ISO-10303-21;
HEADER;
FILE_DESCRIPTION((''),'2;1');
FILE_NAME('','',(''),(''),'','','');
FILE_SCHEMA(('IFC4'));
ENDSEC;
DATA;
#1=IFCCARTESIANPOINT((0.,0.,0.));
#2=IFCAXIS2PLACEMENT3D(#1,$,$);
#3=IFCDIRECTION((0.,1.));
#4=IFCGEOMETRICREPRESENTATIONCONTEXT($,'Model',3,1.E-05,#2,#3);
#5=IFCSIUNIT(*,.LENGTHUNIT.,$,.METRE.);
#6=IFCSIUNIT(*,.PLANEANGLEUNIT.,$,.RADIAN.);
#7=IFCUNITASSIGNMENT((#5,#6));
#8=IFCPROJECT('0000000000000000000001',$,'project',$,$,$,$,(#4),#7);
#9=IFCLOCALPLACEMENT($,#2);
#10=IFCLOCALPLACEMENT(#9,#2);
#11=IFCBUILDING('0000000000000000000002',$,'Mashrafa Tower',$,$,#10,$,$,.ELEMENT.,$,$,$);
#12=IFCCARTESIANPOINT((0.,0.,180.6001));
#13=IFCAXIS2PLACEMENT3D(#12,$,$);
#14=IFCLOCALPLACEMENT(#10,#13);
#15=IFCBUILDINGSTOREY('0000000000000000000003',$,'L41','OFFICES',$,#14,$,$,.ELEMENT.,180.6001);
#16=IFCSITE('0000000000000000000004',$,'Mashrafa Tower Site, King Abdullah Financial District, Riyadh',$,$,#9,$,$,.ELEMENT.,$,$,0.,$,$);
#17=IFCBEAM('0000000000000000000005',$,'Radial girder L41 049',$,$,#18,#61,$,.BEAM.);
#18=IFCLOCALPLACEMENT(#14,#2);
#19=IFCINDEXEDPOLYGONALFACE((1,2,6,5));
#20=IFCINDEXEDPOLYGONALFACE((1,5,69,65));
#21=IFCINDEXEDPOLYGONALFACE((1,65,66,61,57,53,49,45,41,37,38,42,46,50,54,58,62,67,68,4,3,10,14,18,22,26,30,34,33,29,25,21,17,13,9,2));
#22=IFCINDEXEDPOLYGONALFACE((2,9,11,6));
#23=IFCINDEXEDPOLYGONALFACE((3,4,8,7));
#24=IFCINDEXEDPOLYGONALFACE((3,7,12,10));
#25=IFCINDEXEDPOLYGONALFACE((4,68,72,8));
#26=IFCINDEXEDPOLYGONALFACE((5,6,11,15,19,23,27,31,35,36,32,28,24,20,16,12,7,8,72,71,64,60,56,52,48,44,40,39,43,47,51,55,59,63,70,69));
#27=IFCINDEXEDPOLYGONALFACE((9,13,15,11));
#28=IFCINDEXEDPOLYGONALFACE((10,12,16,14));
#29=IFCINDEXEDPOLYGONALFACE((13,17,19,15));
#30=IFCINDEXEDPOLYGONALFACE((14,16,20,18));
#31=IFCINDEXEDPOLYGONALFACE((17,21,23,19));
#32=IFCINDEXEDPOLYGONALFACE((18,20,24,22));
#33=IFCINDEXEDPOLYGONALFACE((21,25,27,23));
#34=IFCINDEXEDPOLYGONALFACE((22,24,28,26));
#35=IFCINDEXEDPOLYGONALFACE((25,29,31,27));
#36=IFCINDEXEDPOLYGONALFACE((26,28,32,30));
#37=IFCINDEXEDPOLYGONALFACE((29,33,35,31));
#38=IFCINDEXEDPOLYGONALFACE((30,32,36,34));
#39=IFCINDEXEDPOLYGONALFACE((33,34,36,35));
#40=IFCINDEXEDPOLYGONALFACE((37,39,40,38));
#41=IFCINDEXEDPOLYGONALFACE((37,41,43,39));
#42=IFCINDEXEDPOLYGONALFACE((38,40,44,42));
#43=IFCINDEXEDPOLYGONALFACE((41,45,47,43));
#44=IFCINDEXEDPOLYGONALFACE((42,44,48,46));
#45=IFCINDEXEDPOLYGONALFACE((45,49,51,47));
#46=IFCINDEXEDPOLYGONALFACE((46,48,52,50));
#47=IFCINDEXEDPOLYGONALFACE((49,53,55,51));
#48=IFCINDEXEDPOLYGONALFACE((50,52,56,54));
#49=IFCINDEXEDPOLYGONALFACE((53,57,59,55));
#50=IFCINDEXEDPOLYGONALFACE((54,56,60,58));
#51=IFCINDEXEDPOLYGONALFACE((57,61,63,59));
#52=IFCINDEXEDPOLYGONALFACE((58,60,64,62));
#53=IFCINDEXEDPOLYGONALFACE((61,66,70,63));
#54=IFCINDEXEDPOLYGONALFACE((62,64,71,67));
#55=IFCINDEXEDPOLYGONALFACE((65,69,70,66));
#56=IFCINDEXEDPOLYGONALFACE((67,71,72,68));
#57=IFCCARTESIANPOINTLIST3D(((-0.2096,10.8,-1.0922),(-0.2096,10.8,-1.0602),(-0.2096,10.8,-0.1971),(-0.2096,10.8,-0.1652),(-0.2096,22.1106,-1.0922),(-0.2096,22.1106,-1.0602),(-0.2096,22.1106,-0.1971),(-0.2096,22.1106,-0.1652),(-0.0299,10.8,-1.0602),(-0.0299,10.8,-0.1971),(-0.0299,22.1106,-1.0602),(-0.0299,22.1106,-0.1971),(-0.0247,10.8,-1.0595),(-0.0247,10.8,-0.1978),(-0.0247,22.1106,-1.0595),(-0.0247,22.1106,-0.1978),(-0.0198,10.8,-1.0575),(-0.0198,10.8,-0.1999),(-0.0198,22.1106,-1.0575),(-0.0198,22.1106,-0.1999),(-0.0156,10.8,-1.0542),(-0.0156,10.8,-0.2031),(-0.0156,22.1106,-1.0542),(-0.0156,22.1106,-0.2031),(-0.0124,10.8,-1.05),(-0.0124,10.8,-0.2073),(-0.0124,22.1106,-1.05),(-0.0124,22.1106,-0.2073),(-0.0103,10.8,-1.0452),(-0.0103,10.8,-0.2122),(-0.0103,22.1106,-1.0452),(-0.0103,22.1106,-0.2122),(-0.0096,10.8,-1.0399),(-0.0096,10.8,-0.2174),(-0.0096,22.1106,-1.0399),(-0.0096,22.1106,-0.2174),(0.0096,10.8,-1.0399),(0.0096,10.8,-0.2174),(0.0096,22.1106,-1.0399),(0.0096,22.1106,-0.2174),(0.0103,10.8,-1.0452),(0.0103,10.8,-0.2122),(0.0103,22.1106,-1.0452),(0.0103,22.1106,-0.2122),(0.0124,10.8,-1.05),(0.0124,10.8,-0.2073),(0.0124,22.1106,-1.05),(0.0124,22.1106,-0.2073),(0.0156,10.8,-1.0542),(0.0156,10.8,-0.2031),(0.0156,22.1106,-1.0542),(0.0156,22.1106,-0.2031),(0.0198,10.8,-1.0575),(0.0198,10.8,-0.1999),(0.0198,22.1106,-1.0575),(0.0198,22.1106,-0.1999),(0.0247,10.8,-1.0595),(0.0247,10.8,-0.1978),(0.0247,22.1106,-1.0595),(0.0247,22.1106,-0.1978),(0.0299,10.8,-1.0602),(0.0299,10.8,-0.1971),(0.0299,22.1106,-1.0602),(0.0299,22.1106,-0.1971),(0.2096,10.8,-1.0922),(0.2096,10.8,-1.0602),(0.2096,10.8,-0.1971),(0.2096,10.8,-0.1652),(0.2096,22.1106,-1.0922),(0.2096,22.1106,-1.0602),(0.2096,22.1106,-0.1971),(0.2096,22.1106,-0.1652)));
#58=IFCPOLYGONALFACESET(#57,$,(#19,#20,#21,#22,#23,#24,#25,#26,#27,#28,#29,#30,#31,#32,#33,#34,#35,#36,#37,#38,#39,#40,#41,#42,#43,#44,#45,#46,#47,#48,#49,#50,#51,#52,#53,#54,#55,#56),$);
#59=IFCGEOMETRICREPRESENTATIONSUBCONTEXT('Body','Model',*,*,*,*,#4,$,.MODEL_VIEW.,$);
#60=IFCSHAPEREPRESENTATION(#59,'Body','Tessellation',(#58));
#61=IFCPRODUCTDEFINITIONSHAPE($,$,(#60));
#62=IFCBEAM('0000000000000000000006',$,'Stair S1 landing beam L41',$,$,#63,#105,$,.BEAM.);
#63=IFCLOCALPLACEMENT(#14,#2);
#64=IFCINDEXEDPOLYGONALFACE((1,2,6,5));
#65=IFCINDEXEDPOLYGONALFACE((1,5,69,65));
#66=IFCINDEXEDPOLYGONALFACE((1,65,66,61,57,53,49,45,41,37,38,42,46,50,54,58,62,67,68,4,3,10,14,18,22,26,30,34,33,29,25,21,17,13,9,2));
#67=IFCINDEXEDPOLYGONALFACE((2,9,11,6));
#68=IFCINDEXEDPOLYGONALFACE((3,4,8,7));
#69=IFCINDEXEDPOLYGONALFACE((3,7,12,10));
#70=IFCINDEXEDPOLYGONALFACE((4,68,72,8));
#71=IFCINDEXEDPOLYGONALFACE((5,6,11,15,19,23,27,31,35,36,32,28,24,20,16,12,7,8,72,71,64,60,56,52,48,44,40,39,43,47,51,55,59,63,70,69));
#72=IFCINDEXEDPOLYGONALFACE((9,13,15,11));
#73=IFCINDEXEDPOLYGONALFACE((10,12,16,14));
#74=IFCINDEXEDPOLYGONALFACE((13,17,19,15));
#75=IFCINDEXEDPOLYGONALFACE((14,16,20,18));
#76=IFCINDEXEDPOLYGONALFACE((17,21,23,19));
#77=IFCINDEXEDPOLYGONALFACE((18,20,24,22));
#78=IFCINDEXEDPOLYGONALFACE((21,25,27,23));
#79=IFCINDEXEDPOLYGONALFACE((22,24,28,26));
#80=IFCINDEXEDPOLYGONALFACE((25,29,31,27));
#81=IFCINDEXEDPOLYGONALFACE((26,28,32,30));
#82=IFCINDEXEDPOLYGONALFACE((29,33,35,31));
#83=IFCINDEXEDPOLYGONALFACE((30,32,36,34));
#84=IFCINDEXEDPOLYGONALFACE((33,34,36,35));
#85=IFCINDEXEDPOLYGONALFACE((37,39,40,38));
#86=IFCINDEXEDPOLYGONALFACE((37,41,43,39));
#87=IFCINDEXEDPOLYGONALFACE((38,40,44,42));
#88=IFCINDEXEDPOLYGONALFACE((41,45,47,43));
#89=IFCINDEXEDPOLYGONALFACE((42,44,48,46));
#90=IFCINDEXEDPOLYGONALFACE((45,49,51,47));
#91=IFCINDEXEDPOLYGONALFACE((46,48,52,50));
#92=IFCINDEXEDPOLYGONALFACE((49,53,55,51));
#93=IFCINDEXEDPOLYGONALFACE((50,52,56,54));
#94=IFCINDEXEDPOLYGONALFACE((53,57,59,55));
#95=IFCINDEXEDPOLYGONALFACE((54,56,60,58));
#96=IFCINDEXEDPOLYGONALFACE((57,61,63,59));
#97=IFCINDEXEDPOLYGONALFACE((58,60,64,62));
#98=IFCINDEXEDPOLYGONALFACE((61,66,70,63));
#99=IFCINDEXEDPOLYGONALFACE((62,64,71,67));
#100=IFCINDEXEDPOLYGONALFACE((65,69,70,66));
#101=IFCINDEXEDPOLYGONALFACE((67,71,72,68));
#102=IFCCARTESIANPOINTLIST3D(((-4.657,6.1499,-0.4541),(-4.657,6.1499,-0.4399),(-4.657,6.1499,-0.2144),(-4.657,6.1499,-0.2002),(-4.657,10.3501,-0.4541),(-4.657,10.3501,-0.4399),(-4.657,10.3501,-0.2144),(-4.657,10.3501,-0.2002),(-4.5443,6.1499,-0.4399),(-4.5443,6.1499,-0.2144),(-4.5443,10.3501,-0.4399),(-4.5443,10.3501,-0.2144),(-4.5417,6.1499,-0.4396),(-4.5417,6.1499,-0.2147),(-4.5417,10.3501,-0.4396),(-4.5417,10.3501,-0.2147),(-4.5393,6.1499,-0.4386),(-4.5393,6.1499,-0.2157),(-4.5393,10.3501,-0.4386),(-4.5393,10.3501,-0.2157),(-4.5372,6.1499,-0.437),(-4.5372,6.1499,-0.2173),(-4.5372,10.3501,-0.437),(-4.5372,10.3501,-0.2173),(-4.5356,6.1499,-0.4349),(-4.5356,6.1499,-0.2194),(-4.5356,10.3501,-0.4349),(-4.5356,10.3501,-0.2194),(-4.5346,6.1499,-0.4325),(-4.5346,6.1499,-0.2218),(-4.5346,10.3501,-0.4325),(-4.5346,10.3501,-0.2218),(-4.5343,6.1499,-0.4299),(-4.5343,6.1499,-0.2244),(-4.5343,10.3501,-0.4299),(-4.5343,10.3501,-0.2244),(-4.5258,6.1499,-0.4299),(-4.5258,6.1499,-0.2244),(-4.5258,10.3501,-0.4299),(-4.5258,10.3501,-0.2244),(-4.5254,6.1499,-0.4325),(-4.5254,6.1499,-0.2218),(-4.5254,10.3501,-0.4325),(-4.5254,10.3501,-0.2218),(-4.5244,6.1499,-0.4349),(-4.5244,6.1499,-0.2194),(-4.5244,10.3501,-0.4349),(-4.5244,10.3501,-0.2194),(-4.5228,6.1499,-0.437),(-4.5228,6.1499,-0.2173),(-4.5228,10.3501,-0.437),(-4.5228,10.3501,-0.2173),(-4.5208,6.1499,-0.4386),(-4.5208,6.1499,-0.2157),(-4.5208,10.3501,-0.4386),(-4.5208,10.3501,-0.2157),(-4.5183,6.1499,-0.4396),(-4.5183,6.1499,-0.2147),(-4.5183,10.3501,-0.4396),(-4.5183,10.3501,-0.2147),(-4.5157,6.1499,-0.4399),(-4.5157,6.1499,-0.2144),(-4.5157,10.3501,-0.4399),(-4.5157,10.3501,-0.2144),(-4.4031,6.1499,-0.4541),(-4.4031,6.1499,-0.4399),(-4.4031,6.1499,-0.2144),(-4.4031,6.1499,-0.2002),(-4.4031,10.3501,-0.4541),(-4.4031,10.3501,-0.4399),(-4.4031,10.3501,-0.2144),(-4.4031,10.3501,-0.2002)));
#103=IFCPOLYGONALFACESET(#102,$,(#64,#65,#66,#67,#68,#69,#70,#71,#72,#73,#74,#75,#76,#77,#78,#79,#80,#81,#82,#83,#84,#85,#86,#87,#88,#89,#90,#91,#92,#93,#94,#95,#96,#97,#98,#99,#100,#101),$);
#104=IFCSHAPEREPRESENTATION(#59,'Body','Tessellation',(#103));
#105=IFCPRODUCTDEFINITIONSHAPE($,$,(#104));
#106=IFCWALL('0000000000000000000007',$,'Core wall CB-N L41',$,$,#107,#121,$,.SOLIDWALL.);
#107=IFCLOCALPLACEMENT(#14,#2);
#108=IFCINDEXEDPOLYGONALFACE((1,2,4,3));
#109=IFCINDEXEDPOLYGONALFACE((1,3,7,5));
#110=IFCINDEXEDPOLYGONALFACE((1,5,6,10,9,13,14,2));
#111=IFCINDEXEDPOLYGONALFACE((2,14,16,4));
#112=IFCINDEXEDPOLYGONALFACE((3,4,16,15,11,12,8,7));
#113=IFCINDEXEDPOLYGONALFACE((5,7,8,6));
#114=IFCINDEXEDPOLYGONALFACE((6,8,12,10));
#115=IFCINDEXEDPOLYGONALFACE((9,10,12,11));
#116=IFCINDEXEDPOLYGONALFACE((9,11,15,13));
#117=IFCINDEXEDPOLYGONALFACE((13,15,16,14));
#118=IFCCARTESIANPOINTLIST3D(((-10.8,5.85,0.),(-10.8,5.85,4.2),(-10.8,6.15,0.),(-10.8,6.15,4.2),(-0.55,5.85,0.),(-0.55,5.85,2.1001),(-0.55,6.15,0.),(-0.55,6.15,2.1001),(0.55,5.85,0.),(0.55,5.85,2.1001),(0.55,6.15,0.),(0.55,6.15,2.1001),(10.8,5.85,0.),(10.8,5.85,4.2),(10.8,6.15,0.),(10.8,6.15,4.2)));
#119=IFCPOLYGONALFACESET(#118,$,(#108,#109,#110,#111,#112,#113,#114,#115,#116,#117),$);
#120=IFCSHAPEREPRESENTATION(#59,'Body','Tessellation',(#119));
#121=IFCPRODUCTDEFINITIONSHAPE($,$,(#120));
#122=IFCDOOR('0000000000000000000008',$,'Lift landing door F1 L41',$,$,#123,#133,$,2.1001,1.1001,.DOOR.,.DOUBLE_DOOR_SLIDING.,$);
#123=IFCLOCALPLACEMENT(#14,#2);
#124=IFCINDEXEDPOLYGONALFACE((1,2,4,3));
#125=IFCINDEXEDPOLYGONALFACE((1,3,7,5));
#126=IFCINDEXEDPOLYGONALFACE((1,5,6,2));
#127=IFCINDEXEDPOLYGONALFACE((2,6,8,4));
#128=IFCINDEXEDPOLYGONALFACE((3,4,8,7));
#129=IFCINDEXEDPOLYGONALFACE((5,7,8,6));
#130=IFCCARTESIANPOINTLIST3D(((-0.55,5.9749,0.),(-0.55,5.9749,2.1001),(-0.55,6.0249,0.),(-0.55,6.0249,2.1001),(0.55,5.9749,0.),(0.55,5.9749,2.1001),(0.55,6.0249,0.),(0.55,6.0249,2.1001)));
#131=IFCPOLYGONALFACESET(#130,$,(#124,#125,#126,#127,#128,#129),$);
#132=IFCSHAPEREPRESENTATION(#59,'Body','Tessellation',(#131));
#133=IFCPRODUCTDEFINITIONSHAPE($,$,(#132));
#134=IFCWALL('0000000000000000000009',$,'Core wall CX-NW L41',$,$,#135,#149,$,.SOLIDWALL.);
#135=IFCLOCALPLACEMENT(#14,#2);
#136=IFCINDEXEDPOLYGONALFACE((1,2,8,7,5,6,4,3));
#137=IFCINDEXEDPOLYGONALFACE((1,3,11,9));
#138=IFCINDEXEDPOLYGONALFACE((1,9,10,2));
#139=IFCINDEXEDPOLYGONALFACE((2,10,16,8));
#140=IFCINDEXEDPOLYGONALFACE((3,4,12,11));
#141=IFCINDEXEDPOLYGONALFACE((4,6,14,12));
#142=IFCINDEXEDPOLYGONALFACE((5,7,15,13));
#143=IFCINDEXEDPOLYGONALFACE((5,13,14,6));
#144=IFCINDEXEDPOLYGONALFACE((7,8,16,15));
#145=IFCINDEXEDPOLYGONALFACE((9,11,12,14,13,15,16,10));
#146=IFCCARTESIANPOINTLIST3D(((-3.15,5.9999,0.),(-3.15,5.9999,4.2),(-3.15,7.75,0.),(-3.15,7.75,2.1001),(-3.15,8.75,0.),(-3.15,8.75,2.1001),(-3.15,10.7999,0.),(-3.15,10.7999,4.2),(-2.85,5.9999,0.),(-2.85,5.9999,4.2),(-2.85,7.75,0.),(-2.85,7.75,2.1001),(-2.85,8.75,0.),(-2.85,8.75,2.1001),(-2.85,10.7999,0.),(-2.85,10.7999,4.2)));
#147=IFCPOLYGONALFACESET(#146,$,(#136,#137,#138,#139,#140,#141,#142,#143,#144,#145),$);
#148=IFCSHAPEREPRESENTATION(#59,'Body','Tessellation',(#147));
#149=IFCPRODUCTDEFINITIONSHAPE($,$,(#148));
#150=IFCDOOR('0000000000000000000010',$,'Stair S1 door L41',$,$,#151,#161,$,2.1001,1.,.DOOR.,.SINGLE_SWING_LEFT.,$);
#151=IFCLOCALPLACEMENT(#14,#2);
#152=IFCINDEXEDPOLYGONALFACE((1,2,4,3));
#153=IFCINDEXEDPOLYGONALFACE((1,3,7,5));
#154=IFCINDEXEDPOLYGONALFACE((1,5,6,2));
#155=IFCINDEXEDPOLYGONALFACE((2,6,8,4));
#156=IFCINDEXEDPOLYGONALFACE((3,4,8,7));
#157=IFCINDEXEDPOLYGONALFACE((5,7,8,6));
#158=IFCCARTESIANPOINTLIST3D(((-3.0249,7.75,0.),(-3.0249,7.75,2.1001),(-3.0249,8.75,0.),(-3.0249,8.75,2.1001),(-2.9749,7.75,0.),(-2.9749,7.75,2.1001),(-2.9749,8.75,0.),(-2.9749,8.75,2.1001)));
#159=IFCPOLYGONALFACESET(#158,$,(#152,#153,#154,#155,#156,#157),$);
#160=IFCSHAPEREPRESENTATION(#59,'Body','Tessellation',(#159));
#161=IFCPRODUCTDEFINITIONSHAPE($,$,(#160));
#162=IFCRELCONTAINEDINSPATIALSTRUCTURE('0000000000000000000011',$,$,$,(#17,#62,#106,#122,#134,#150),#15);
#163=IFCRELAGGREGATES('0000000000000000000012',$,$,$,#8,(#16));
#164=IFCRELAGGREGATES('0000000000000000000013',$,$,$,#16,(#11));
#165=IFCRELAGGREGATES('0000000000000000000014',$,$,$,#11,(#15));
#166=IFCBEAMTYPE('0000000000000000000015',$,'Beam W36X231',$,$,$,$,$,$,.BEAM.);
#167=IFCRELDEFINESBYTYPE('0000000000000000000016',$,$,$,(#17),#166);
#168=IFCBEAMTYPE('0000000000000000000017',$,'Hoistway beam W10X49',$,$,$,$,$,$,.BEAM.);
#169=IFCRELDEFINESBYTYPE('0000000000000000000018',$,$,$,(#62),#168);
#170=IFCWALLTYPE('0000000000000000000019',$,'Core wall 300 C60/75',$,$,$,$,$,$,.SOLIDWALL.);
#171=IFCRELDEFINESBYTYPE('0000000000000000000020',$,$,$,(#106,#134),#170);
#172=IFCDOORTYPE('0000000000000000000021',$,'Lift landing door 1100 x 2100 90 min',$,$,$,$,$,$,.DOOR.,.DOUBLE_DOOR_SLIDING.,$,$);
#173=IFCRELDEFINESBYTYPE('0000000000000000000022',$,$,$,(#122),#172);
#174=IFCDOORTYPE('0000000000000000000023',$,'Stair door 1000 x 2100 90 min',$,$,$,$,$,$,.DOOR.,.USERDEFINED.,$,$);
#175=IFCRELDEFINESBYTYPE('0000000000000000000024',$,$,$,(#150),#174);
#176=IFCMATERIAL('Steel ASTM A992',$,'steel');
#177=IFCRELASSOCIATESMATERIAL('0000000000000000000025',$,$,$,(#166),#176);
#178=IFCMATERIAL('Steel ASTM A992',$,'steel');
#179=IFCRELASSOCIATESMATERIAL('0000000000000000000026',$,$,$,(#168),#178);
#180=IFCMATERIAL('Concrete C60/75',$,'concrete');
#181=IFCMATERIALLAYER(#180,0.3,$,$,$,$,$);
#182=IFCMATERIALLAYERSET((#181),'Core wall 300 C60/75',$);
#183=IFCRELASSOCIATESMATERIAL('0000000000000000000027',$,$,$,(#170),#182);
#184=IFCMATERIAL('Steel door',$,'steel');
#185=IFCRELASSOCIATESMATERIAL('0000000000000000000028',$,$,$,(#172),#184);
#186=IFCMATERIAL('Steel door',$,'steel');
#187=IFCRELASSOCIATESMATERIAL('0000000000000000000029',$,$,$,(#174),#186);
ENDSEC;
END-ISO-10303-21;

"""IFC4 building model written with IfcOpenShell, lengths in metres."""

from ifc_helpers import new_model, si_unit, direction, frame, frame_2d, origin, origin_2d, place, context, subcontext, project, spatial, rectangle, i_section, extrude, material, layer, layer_set, material_profile, profile_set, type_object, element, fill, save


model = new_model("IFC4")

# Units and contexts
model_context = context("Model", 3, precision=1e-05, world=origin(), true_north=direction((0.0, 1.0)))
body_context = subcontext(model_context, "Body", "Model", "MODEL_VIEW")
ifc_project = project(units=[si_unit("LENGTHUNIT", "METRE"), si_unit("PLANEANGLEUNIT", "RADIAN")], contexts=[model_context])

# Site, building, storey
site_placement = place(None, origin())
site = spatial("IfcSite", under=ifc_project, at=site_placement, Name="Mashrafa Tower Site, King Abdullah Financial District, Riyadh", CompositionType="ELEMENT", RefElevation=0.0)
building_placement = place(site_placement, origin())
building = spatial("IfcBuilding", under=site, at=building_placement, Name="Mashrafa Tower", CompositionType="ELEMENT")
storey_placement = place(building_placement, frame((0.0, 0.0, 180.6001)))
storey = spatial("IfcBuildingStorey", under=building, at=storey_placement, Name="L41", Description="OFFICES", CompositionType="ELEMENT", Elevation=180.6001)

# Beams
ifc_material_1 = material(Name="Steel ASTM A992", Category="steel")
ifc_material_profile_1 = material_profile(ifc_material_1, i_section(OverallWidth=0.4192, OverallDepth=0.927, WebThickness=0.0193, FlangeThickness=0.032, FilletRadius=0.0203, at=origin_2d()), Name="W36X231")
ifc_profile_set_1 = profile_set([ifc_material_profile_1], Name="Steel ASTM A992")
beam_type_1 = type_object("IfcBeamType", Name="Beam W36X231", PredefinedType="BEAM", material=ifc_profile_set_1)
beam_1_placement = place(storey_placement, frame((0.0, 10.8, -0.6287), z_axis=(0.0, 1.0, 0.0), x_axis=(-1.0, 0.0, 0.0)))
element("IfcBeam", 1, at=beam_1_placement, inside=storey, type_object=beam_type_1, Name="Radial girder L41 049", PredefinedType="BEAM", context=body_context, shape_type="SweptSolid", body=[
    extrude(i_section(OverallWidth=0.4192, OverallDepth=0.927, WebThickness=0.0193, FlangeThickness=0.032, FilletRadius=0.0203, at=origin_2d()), origin(), (0.0, 0.0, 1.0), 11.3105),
])
ifc_material_2 = material(Name="Steel ASTM A992", Category="steel")
ifc_material_profile_2 = material_profile(ifc_material_2, i_section(OverallWidth=0.2539, OverallDepth=0.2539, WebThickness=0.0085, FlangeThickness=0.0142, FilletRadius=0.01, at=origin_2d()), Name="W10X49")
ifc_profile_set_2 = profile_set([ifc_material_profile_2], Name="Steel ASTM A992")
beam_type_2 = type_object("IfcBeamType", Name="Hoistway beam W10X49", PredefinedType="BEAM", material=ifc_profile_set_2)
beam_2_placement = place(storey_placement, frame((-4.53, 6.1499, -0.3271), z_axis=(0.0, 1.0, 0.0), x_axis=(-1.0, 0.0, 0.0)))
element("IfcBeam", 2, at=beam_2_placement, inside=storey, type_object=beam_type_2, Name="Stair S1 landing beam L41", PredefinedType="BEAM", context=body_context, shape_type="SweptSolid", body=[
    extrude(i_section(OverallWidth=0.2539, OverallDepth=0.2539, WebThickness=0.0085, FlangeThickness=0.0142, FilletRadius=0.01, at=origin_2d()), origin(), (0.0, 0.0, 1.0), 4.2002),
])

# Walls, openings, doors
ifc_material_3 = material(Name="Concrete C60/75", Category="concrete")
ifc_layer_1 = layer(ifc_material_3, 0.3)
ifc_layer_set_1 = layer_set([ifc_layer_1], Name="Core wall 300 C60/75")
wall_type_1 = type_object("IfcWallType", Name="Core wall 300 C60/75", PredefinedType="SOLIDWALL", material=ifc_layer_set_1)
wall_1_placement = place(storey_placement, frame((-10.8, 6.0, 0.0), z_axis=(0.0, 0.0, 1.0), x_axis=(1.0, 0.0, 0.0)))
wall_1 = element("IfcWall", 3, at=wall_1_placement, inside=storey, type_object=wall_type_1, Name="Core wall CB-N L41", PredefinedType="SOLIDWALL", context=body_context, shape_type="SweptSolid", body=[
    extrude(rectangle(XDim=21.6001, YDim=0.3, at=frame_2d((10.8, 0.0))), origin(), (0.0, 0.0, 1.0), 4.2),
])
opening_1_placement = place(wall_1_placement, frame((10.25, 0.0, 0.0)))
opening_1 = element("IfcOpeningElement", 4, at=opening_1_placement, cuts=wall_1, PredefinedType="OPENING", context=body_context, shape_type="SweptSolid", body=[
    extrude(rectangle(XDim=1.1001, YDim=2.1001, at=frame_2d((0.55, 1.05))), frame((0.0, 0.1599, 0.0), z_axis=(0.0, -1.0, 0.0), x_axis=(1.0, 0.0, 0.0)), (0.0, 0.0, 1.0), 0.3201),
])
ifc_material_4 = material(Name="Steel door", Category="steel")
door_type_1 = type_object("IfcDoorType", Name="Lift landing door 1100 x 2100 90 min", OperationType="DOUBLE_DOOR_SLIDING", PredefinedType="DOOR", material=ifc_material_4)
door_1_placement = place(opening_1_placement, origin())
door_1 = element("IfcDoor", 5, at=door_1_placement, inside=storey, type_object=door_type_1, Name="Lift landing door F1 L41", OperationType="DOUBLE_DOOR_SLIDING", OverallHeight=2.1001, OverallWidth=1.1001, PredefinedType="DOOR", context=body_context, shape_type="SweptSolid", body=[
    extrude(rectangle(XDim=1.1001, YDim=2.1001, at=frame_2d((0.55, 1.05))), frame((0.0, 0.0249, 0.0), z_axis=(0.0, -1.0, 0.0), x_axis=(1.0, 0.0, 0.0)), (0.0, 0.0, 1.0), 0.05),
])
fill(opening_1, door_1)
wall_2_placement = place(storey_placement, frame((-3.0, 6.0, 0.0), z_axis=(0.0, 0.0, 1.0), x_axis=(0.0, 1.0, 0.0)))
wall_2 = element("IfcWall", 6, at=wall_2_placement, inside=storey, type_object=wall_type_1, Name="Core wall CX-NW L41", PredefinedType="SOLIDWALL", context=body_context, shape_type="SweptSolid", body=[
    extrude(rectangle(XDim=4.8, YDim=0.3, at=frame_2d((2.3999, 0.0))), origin(), (0.0, 0.0, 1.0), 4.2),
])
opening_2_placement = place(wall_2_placement, frame((1.75, 0.0, 0.0)))
opening_2 = element("IfcOpeningElement", 7, at=opening_2_placement, cuts=wall_2, PredefinedType="OPENING", context=body_context, shape_type="SweptSolid", body=[
    extrude(rectangle(XDim=1.0, YDim=2.1001, at=frame_2d((0.5, 1.05))), frame((0.0, 0.1599, 0.0), z_axis=(0.0, -1.0, 0.0), x_axis=(1.0, 0.0, 0.0)), (0.0, 0.0, 1.0), 0.3201),
])
ifc_material_5 = material(Name="Steel door", Category="steel")
door_type_2 = type_object("IfcDoorType", Name="Stair door 1000 x 2100 90 min", OperationType="USERDEFINED", PredefinedType="DOOR", material=ifc_material_5)
door_2_placement = place(opening_2_placement, origin())
door_2 = element("IfcDoor", 8, at=door_2_placement, inside=storey, type_object=door_type_2, Name="Stair S1 door L41", OperationType="SINGLE_SWING_LEFT", OverallHeight=2.1001, OverallWidth=1.0, PredefinedType="DOOR", context=body_context, shape_type="SweptSolid", body=[
    extrude(rectangle(XDim=1.0, YDim=2.1001, at=frame_2d((0.5, 1.05))), frame((0.0, 0.0249, 0.0), z_axis=(0.0, -1.0, 0.0), x_axis=(1.0, 0.0, 0.0)), (0.0, 0.0, 1.0), 0.05),
])
fill(opening_2, door_2)

save(model, "model.ifc")
